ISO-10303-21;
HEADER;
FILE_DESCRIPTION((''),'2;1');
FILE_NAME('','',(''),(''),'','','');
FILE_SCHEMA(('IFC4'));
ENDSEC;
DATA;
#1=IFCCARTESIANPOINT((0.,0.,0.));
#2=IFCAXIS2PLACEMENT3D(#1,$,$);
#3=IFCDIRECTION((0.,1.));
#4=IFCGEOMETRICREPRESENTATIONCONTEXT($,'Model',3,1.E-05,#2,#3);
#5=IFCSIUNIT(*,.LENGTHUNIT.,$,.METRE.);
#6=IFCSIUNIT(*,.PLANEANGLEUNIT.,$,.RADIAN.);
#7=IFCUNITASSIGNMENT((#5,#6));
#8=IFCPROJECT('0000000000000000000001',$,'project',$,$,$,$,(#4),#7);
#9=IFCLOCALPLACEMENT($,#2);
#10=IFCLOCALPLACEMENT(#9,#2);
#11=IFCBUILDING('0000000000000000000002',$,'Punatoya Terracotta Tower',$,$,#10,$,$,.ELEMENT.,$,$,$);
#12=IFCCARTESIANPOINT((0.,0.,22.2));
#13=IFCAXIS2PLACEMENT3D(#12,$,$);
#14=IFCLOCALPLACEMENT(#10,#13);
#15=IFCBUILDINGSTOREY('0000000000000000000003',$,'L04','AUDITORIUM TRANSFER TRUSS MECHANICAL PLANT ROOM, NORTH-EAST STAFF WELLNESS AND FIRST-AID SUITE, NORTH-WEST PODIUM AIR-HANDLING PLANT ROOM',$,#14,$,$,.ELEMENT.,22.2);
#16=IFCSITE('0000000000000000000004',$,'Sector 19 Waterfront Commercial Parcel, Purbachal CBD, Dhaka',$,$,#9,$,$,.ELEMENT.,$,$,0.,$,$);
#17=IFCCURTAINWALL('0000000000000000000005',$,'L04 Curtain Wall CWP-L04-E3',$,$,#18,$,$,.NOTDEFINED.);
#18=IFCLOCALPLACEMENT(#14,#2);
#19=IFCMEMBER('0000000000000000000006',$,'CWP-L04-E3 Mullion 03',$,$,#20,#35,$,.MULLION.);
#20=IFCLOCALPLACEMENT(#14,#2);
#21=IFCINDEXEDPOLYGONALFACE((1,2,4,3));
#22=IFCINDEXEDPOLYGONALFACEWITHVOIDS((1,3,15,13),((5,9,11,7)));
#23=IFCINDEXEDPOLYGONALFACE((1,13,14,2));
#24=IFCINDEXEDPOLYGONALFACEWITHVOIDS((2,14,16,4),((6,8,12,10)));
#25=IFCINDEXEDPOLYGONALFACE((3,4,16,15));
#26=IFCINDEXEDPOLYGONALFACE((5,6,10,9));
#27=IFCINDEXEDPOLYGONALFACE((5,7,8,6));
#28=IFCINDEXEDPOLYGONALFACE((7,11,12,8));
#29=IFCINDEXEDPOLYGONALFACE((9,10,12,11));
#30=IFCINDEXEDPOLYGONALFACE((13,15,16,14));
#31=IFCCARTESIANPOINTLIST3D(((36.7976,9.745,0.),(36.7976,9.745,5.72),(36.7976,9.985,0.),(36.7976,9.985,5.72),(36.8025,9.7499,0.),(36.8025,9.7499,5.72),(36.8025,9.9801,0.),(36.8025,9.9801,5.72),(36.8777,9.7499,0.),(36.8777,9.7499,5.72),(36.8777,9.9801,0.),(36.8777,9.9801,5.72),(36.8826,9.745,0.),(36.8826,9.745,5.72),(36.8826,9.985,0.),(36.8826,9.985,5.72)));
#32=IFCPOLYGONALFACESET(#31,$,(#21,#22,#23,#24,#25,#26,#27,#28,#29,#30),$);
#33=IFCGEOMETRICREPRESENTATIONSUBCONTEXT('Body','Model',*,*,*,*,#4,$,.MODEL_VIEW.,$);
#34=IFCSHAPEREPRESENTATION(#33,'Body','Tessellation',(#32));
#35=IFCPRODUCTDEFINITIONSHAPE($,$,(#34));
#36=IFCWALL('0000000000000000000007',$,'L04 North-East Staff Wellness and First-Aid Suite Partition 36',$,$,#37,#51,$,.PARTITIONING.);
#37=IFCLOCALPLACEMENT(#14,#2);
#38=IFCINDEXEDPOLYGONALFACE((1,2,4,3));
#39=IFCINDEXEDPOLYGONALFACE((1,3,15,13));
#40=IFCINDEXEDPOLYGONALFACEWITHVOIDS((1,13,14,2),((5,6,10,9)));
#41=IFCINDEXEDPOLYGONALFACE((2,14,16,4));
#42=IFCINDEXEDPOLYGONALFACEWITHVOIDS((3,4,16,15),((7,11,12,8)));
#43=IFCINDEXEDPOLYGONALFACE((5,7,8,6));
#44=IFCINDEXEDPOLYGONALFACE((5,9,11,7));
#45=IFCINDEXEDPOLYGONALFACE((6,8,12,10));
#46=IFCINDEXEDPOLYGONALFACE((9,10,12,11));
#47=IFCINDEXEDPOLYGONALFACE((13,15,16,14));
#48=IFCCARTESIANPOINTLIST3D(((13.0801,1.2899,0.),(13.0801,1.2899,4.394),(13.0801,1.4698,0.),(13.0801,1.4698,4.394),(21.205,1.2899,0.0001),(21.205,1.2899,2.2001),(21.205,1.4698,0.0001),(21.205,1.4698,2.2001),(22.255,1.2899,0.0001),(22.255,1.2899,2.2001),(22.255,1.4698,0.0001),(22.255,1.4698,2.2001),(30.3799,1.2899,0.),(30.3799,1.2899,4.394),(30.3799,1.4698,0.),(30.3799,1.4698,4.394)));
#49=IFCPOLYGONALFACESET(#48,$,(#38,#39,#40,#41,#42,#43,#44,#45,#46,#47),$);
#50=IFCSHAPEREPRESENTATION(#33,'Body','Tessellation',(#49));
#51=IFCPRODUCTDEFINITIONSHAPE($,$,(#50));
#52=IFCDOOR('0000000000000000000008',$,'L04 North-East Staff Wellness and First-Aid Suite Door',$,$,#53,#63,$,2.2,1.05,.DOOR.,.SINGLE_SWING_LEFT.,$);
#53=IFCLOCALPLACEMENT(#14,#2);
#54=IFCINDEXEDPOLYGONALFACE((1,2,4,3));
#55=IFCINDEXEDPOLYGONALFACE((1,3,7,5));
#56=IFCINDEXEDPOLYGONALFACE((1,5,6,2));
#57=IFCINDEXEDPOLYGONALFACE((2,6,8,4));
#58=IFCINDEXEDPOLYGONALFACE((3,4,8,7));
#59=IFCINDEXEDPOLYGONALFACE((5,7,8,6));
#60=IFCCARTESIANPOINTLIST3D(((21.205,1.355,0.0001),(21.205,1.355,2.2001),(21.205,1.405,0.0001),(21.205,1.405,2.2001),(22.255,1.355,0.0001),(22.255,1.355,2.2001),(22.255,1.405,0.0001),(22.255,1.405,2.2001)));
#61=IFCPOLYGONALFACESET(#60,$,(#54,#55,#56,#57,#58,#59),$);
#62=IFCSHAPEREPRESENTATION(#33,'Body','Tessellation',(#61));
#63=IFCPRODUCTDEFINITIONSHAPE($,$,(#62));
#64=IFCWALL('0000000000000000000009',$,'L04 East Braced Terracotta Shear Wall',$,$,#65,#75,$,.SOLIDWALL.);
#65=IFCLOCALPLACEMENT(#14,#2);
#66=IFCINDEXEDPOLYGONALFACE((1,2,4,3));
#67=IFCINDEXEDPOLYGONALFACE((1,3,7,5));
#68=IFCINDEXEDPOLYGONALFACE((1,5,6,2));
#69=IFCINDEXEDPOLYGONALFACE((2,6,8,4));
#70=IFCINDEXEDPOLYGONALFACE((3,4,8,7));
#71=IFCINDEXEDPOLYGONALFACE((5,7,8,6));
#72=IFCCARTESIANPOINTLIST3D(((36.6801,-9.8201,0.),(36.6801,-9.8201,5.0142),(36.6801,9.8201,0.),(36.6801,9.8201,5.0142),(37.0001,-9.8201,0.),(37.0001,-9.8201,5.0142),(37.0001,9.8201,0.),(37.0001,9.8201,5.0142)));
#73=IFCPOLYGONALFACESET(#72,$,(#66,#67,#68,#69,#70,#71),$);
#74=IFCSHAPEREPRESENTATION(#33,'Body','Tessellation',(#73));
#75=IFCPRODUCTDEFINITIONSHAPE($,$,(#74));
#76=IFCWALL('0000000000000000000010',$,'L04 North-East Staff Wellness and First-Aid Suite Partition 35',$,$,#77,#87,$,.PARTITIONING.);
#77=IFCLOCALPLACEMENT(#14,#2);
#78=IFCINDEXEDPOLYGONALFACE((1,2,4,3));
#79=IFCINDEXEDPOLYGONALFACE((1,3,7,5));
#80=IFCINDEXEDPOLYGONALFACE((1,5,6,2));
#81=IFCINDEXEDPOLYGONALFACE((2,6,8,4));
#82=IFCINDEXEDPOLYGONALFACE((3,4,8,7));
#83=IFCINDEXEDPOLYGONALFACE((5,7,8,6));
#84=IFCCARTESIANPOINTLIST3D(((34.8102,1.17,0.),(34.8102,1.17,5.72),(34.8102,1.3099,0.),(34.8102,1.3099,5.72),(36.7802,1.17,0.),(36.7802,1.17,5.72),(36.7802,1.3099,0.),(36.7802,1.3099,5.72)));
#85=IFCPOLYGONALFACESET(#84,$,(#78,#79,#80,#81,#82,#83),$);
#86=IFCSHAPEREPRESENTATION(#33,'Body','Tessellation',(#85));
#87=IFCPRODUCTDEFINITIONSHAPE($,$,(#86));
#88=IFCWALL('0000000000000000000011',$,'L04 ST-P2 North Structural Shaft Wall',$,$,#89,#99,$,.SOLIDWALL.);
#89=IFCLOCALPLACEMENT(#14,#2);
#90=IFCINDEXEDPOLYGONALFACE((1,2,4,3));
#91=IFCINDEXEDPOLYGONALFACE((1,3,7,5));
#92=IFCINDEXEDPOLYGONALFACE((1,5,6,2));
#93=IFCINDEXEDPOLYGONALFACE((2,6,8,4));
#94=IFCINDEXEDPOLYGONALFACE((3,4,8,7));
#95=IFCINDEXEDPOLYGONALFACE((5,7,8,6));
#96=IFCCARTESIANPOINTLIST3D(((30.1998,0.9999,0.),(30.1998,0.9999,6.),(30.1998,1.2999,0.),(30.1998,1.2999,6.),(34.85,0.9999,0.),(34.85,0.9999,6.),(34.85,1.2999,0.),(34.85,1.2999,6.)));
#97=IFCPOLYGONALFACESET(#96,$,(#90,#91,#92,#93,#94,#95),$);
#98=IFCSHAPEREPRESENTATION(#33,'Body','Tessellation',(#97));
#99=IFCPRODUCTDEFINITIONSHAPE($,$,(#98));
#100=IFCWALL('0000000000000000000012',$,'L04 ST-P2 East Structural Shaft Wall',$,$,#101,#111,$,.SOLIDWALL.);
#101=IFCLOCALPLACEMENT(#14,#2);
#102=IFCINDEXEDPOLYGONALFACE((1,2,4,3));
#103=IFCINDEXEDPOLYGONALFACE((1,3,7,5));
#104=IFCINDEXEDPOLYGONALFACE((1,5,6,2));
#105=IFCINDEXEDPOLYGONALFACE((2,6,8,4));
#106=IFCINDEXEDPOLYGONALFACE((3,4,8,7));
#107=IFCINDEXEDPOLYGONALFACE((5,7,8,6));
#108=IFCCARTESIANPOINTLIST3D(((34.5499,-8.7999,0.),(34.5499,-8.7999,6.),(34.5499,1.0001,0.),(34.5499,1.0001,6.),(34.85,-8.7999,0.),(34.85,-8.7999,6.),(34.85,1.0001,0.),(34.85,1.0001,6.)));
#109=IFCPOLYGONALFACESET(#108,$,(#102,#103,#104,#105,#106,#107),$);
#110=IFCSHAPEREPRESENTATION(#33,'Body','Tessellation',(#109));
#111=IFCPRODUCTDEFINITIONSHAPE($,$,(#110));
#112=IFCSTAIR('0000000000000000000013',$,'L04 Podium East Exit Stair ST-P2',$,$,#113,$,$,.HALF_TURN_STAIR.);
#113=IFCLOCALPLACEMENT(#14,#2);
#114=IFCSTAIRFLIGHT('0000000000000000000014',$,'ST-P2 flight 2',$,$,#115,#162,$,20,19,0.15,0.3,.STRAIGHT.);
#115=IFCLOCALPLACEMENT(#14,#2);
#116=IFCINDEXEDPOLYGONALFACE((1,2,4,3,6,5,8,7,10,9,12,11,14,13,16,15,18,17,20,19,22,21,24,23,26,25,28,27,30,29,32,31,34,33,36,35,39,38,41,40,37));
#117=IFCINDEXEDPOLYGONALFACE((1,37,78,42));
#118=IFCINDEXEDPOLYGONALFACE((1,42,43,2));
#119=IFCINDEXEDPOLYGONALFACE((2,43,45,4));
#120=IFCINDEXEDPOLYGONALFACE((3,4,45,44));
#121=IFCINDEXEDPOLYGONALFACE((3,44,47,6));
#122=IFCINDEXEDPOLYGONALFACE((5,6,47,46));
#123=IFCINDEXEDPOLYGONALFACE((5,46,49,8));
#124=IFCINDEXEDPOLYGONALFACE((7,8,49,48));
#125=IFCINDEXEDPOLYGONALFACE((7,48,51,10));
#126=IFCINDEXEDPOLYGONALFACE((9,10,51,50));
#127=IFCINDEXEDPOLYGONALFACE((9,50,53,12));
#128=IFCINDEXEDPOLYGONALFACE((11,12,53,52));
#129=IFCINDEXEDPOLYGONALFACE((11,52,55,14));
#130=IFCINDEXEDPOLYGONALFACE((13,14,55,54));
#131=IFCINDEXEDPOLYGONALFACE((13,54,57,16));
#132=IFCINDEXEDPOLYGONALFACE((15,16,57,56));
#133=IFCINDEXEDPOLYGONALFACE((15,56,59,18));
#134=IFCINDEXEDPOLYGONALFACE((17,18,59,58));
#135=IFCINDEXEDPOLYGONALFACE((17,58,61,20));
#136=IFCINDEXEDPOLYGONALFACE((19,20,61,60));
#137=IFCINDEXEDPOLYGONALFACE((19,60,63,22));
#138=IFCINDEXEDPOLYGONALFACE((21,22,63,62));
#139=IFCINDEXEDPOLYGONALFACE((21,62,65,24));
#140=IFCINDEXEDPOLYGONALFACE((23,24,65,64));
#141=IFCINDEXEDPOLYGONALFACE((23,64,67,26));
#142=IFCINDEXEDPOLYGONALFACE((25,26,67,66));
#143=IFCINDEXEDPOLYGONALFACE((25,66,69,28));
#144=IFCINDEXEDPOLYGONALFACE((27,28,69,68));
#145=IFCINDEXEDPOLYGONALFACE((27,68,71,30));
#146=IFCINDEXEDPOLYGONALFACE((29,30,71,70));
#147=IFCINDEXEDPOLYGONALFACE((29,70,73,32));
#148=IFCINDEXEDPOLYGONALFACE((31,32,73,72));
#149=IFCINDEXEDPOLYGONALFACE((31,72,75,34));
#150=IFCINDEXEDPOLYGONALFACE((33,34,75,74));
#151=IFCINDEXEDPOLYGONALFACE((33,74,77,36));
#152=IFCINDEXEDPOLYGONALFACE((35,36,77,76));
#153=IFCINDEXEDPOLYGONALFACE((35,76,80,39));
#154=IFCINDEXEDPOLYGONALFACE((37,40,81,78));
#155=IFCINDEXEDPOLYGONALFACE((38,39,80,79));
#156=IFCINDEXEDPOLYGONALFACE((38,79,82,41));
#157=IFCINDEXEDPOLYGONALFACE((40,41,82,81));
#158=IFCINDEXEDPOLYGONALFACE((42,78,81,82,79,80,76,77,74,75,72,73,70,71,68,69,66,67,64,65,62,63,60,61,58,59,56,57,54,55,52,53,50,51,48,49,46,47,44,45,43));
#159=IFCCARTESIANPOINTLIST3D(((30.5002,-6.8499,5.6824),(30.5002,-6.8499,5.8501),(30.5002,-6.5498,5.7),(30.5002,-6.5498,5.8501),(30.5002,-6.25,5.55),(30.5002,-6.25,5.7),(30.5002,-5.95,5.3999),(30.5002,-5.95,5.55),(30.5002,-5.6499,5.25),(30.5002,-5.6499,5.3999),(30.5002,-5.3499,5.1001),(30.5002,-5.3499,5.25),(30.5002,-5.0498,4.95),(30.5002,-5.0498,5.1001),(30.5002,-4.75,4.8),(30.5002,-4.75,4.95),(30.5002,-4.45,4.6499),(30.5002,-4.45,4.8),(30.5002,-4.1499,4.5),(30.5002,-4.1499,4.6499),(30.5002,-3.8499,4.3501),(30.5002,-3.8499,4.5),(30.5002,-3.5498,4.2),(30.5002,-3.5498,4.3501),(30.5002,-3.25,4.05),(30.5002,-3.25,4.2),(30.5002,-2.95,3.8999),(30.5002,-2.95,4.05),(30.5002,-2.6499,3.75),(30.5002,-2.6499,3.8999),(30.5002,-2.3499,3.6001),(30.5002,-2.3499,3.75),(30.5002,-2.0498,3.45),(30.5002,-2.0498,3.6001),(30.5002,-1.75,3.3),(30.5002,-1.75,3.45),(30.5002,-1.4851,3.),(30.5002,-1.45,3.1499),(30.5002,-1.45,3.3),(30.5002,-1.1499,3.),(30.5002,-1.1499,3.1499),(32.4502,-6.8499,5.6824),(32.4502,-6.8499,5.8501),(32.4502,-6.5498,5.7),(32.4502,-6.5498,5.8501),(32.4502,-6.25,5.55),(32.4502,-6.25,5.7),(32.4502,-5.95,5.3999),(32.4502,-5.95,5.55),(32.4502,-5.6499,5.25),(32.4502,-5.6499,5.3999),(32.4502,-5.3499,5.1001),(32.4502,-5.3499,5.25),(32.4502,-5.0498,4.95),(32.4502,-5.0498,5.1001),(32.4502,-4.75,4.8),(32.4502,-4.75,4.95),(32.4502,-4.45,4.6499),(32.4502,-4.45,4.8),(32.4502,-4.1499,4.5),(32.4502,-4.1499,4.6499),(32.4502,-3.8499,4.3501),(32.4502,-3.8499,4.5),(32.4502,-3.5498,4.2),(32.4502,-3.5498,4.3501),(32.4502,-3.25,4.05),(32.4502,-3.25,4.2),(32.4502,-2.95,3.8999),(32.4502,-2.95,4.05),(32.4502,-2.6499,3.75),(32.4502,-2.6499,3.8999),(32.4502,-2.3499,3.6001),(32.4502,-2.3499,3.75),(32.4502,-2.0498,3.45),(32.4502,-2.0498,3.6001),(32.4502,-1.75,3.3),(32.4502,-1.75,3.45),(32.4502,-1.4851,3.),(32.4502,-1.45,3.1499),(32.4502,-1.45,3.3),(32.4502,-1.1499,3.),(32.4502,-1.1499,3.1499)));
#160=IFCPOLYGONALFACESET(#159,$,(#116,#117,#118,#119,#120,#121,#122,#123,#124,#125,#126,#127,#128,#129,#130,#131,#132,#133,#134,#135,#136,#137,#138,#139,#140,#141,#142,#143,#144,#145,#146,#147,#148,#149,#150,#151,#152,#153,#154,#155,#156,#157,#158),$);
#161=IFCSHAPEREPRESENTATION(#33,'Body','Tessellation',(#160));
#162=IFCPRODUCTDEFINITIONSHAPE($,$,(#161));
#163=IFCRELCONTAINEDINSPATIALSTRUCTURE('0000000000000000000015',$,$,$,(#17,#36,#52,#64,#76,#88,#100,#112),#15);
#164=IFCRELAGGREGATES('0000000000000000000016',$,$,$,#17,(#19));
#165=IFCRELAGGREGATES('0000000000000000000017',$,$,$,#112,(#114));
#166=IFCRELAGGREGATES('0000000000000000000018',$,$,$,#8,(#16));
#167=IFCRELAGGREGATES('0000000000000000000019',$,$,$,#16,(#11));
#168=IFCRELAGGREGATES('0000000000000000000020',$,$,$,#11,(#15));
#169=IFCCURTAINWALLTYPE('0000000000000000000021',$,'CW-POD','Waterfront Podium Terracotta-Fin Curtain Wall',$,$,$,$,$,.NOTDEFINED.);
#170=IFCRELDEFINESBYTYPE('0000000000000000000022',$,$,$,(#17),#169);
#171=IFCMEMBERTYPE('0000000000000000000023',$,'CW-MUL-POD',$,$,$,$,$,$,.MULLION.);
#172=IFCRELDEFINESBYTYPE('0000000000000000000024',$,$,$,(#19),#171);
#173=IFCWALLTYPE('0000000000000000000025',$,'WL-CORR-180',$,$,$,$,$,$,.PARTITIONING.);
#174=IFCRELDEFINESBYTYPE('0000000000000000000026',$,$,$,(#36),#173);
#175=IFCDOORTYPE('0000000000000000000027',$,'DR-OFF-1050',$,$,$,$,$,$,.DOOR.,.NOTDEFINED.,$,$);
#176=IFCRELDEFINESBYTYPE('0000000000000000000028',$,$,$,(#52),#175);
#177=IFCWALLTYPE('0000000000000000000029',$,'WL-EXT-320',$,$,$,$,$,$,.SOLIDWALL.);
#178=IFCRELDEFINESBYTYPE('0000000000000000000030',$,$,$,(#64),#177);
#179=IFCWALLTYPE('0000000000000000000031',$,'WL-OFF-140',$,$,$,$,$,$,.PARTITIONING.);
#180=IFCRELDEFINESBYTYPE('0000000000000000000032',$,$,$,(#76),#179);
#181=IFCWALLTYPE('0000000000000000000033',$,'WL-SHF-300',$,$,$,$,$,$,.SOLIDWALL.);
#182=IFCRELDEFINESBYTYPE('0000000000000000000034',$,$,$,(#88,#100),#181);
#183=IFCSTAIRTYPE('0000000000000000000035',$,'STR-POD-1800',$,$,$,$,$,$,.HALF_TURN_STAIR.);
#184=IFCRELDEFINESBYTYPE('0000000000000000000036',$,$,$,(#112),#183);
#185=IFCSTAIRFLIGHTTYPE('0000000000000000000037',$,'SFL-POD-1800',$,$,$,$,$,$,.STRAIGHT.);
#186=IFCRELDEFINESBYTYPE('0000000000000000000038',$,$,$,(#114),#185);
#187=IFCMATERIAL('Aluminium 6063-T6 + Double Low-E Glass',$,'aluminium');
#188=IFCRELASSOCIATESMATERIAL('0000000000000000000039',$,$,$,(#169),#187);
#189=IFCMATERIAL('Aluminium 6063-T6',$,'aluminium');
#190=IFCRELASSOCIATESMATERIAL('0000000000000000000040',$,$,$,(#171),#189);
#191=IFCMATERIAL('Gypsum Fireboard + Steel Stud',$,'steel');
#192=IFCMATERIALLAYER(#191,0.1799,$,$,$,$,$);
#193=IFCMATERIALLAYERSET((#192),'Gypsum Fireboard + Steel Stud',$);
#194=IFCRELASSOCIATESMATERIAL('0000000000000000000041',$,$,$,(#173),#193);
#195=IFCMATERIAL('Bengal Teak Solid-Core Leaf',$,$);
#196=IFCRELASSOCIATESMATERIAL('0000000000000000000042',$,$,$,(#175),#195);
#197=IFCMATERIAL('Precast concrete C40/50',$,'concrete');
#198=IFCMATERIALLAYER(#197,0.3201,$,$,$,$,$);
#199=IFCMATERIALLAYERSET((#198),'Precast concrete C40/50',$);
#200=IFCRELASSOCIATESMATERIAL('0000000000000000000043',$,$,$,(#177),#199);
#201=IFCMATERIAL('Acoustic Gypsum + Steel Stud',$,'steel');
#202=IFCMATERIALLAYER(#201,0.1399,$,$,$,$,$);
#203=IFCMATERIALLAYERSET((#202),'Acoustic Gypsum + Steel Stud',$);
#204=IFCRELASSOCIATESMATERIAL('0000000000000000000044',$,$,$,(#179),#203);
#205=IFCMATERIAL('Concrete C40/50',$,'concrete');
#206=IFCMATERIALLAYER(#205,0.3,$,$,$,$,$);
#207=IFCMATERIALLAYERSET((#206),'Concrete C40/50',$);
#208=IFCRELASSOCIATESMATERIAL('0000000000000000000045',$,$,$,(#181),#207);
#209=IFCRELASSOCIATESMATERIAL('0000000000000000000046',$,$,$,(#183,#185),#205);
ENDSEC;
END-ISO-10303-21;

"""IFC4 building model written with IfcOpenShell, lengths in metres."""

from ifc_helpers import new_model, si_unit, direction, frame, frame_2d, origin, origin_2d, place, context, subcontext, project, spatial, polyline, rectangle, hollow_rectangle, outline, extrude, material, layer, layer_set, material_profile, profile_set, type_object, element, fill, aggregate, save


model = new_model("IFC4")

# Units and contexts
model_context = context("Model", 3, precision=1e-05, world=origin(), true_north=direction((0.0, 1.0)))
body_context = subcontext(model_context, "Body", "Model", "MODEL_VIEW")
ifc_project = project(units=[si_unit("LENGTHUNIT", "METRE"), si_unit("PLANEANGLEUNIT", "RADIAN")], contexts=[model_context])

# Site, building, storey
site_placement = place(None, origin())
site = spatial("IfcSite", under=ifc_project, at=site_placement, Name="Sector 19 Waterfront Commercial Parcel, Purbachal CBD, Dhaka", CompositionType="ELEMENT", RefElevation=0.0)
building_placement = place(site_placement, origin())
building = spatial("IfcBuilding", under=site, at=building_placement, Name="Punatoya Terracotta Tower", CompositionType="ELEMENT")
storey_placement = place(building_placement, frame((0.0, 0.0, 22.2)))
storey = spatial("IfcBuildingStorey", under=building, at=storey_placement, Name="L04", Description="AUDITORIUM TRANSFER TRUSS MECHANICAL PLANT ROOM, NORTH-EAST STAFF WELLNESS AND FIRST-AID SUITE, NORTH-WEST PODIUM AIR-HANDLING PLANT ROOM", CompositionType="ELEMENT", Elevation=22.2)

# Curtain wall, member
ifc_material_1 = material(Name="Aluminium 6063-T6 + Double Low-E Glass", Category="aluminium")
curtain_wall_type = type_object("IfcCurtainWallType", Name="CW-POD", Description="Waterfront Podium Terracotta-Fin Curtain Wall", PredefinedType="NOTDEFINED", material=ifc_material_1)
curtain_wall_placement = place(storey_placement, origin())
curtain_wall = element("IfcCurtainWall", 1, at=curtain_wall_placement, inside=storey, type_object=curtain_wall_type, Name="L04 Curtain Wall CWP-L04-E3", PredefinedType="NOTDEFINED")
ifc_material_2 = material(Name="Aluminium 6063-T6", Category="aluminium")
ifc_material_profile_1 = material_profile(ifc_material_2, hollow_rectangle(XDim=0.085, YDim=0.24, WallThickness=0.0049, at=origin_2d()))
ifc_profile_set_1 = profile_set([ifc_material_profile_1], Name="Aluminium 6063-T6")
member_type = type_object("IfcMemberType", Name="CW-MUL-POD", PredefinedType="MULLION", material=ifc_profile_set_1)
member_placement = place(storey_placement, frame((36.8401, 9.865, 0.0), z_axis=(0.0, 0.0, 1.0), x_axis=(1.0, 0.0, 0.0)))
member = element("IfcMember", 2, at=member_placement, type_object=member_type, Name="CWP-L04-E3 Mullion 03", PredefinedType="MULLION", context=body_context, shape_type="SweptSolid", body=[
    extrude(hollow_rectangle(XDim=0.085, YDim=0.24, WallThickness=0.0049, at=origin_2d()), origin(), (0.0, 0.0, 1.0), 5.72),
])
aggregate(curtain_wall, [member])

# Wall, opening, door
ifc_material_3 = material(Name="Gypsum Fireboard + Steel Stud", Category="steel")
ifc_layer_1 = layer(ifc_material_3, 0.1799)
ifc_layer_set_1 = layer_set([ifc_layer_1], Name="Gypsum Fireboard + Steel Stud")
wall_type_1 = type_object("IfcWallType", Name="WL-CORR-180", PredefinedType="PARTITIONING", material=ifc_layer_set_1)
wall_1_placement = place(storey_placement, frame((30.3799, 1.3799, 0.0), z_axis=(0.0, 0.0, 1.0), x_axis=(-1.0, 0.0, 0.0)))
wall_1 = element("IfcWall", 3, at=wall_1_placement, inside=storey, type_object=wall_type_1, Name="L04 North-East Staff Wellness and First-Aid Suite Partition 36", PredefinedType="PARTITIONING", context=body_context, shape_type="SweptSolid", body=[
    extrude(rectangle(XDim=17.2998, YDim=0.1799, at=frame_2d((8.6499, 0.0))), origin(), (0.0, 0.0, 1.0), 4.394),
])
opening_placement = place(wall_1_placement, frame((8.125, 0.0, 0.0)))
opening = element("IfcOpeningElement", 4, at=opening_placement, cuts=wall_1, PredefinedType="OPENING", context=body_context, shape_type="SweptSolid", body=[
    extrude(rectangle(XDim=1.05, YDim=2.2, at=frame_2d((0.5249, 1.1001))), frame((0.0, 0.0999, 0.0), z_axis=(0.0, -1.0, 0.0), x_axis=(1.0, 0.0, 0.0)), (0.0, 0.0, 1.0), 0.2),
])
ifc_material_4 = material(Name="Bengal Teak Solid-Core Leaf")
door_type = type_object("IfcDoorType", Name="DR-OFF-1050", OperationType="NOTDEFINED", PredefinedType="DOOR", material=ifc_material_4)
door_placement = place(opening_placement, origin())
door = element("IfcDoor", 5, at=door_placement, inside=storey, type_object=door_type, Name="L04 North-East Staff Wellness and First-Aid Suite Door", OperationType="SINGLE_SWING_LEFT", OverallHeight=2.2, OverallWidth=1.05, PredefinedType="DOOR", context=body_context, shape_type="SweptSolid", body=[
    extrude(rectangle(XDim=1.05, YDim=2.2, at=frame_2d((0.5249, 1.1001))), frame((0.0, 0.0249, 0.0), z_axis=(0.0, -1.0, 0.0), x_axis=(1.0, 0.0, 0.0)), (0.0, 0.0, 1.0), 0.05),
])
fill(opening, door)

# Walls
ifc_material_5 = material(Name="Precast concrete C40/50", Category="concrete")
ifc_layer_2 = layer(ifc_material_5, 0.3201)
ifc_layer_set_2 = layer_set([ifc_layer_2], Name="Precast concrete C40/50")
wall_type_2 = type_object("IfcWallType", Name="WL-EXT-320", PredefinedType="SOLIDWALL", material=ifc_layer_set_2)
wall_2_placement = place(storey_placement, frame((36.8401, 9.8201, 0.0), z_axis=(0.0, 0.0, 1.0), x_axis=(0.0, -1.0, 0.0)))
element("IfcWall", 6, at=wall_2_placement, inside=storey, type_object=wall_type_2, Name="L04 East Braced Terracotta Shear Wall", PredefinedType="SOLIDWALL", context=body_context, shape_type="SweptSolid", body=[
    extrude(rectangle(XDim=19.6401, YDim=0.3201, at=frame_2d((9.8201, 0.0))), origin(), (0.0, 0.0, 1.0), 5.0142),
])
ifc_material_6 = material(Name="Acoustic Gypsum + Steel Stud", Category="steel")
ifc_layer_3 = layer(ifc_material_6, 0.1399)
ifc_layer_set_3 = layer_set([ifc_layer_3], Name="Acoustic Gypsum + Steel Stud")
wall_type_3 = type_object("IfcWallType", Name="WL-OFF-140", PredefinedType="PARTITIONING", material=ifc_layer_set_3)
wall_3_placement = place(storey_placement, frame((36.78, 1.24, 0.0), z_axis=(0.0, 0.0, 1.0), x_axis=(-1.0, 0.0, 0.0)))
element("IfcWall", 7, at=wall_3_placement, inside=storey, type_object=wall_type_3, Name="L04 North-East Staff Wellness and First-Aid Suite Partition 35", PredefinedType="PARTITIONING", context=body_context, shape_type="SweptSolid", body=[
    extrude(rectangle(XDim=1.97, YDim=0.1399, at=frame_2d((0.9849, 0.0))), origin(), (0.0, 0.0, 1.0), 5.72),
])
ifc_material_7 = material(Name="Concrete C40/50", Category="concrete")
ifc_layer_4 = layer(ifc_material_7, 0.3)
ifc_layer_set_4 = layer_set([ifc_layer_4], Name="Concrete C40/50")
wall_type_4 = type_object("IfcWallType", Name="WL-SHF-300", PredefinedType="SOLIDWALL", material=ifc_layer_set_4)
wall_4_placement = place(storey_placement, frame((34.8501, 1.1499, 0.0), z_axis=(0.0, 0.0, 1.0), x_axis=(-1.0, 0.0, 0.0)))
element("IfcWall", 8, at=wall_4_placement, inside=storey, type_object=wall_type_4, Name="L04 ST-P2 North Structural Shaft Wall", PredefinedType="SOLIDWALL", context=body_context, shape_type="SweptSolid", body=[
    extrude(rectangle(XDim=4.6501, YDim=0.3, at=frame_2d((2.3252, 0.0))), origin(), (0.0, 0.0, 1.0), 6.0),
])
wall_5_placement = place(storey_placement, frame((34.7, 1.0, 0.0), z_axis=(0.0, 0.0, 1.0), x_axis=(0.0, -1.0, 0.0)))
element("IfcWall", 9, at=wall_5_placement, inside=storey, type_object=wall_type_4, Name="L04 ST-P2 East Structural Shaft Wall", PredefinedType="SOLIDWALL", context=body_context, shape_type="SweptSolid", body=[
    extrude(rectangle(XDim=9.8, YDim=0.3, at=frame_2d((4.8999, 0.0))), origin(), (0.0, 0.0, 1.0), 6.0),
])

# Stair, stair flight
stair_type = type_object("IfcStairType", Name="STR-POD-1800", PredefinedType="HALF_TURN_STAIR", material=ifc_material_7)
stair_placement = place(storey_placement, origin())
stair = element("IfcStair", 10, at=stair_placement, inside=storey, type_object=stair_type, Name="L04 Podium East Exit Stair ST-P2", PredefinedType="HALF_TURN_STAIR")
stair_flight_type = type_object("IfcStairFlightType", Name="SFL-POD-1800", PredefinedType="STRAIGHT", material=ifc_material_7)
stair_flight_placement = place(storey_placement, frame((31.4751, -1.1499, 3.0), z_axis=(0.0, 0.0, 1.0), x_axis=(0.0, -1.0, 0.0)))
stair_flight = element("IfcStairFlight", 11, at=stair_flight_placement, type_object=stair_flight_type, Name="ST-P2 flight 2", NumberOfRisers=20, NumberOfTreads=19, PredefinedType="STRAIGHT", RiserHeight=0.15, TreadLength=0.3, context=body_context, shape_type="SweptSolid", body=[
    extrude(outline(polyline([(0.0, 0.0), (0.0, 0.1499), (0.3, 0.1499), (0.3, 0.3), (0.6001, 0.3), (0.6001, 0.45), (0.8999, 0.45), (0.8999, 0.6001), (1.2, 0.6001), (1.2, 0.75), (1.5, 0.75), (1.5, 0.8999), (1.8, 0.8999), (1.8, 1.05), (2.1001, 1.05), (2.1001, 1.2), (2.3999, 1.2), (2.3999, 1.3501), (2.7, 1.3501), (2.7, 1.5), (3.0, 1.5), (3.0, 1.6499), (3.3, 1.6499), (3.3, 1.8), (3.6001, 1.8), (3.6001, 1.95), (3.8999, 1.95), (3.8999, 2.1001), (4.2, 2.1001), (4.2, 2.25), (4.5, 2.25), (4.5, 2.3999), (4.8, 2.3999), (4.8, 2.55), (5.1001, 2.55), (5.1001, 2.7), (5.3999, 2.7), (5.3999, 2.8501), (5.7, 2.8501), (5.7, 3.0), (5.7, 2.6824), (0.3352, 0.0), (0.0, 0.0)])), frame((0.0, 0.9751, 0.0), z_axis=(0.0, -1.0, 0.0), x_axis=(1.0, 0.0, 0.0)), (0.0, 0.0, 1.0), 1.95),
])
aggregate(stair, [stair_flight])

save(model, "model.ifc")
